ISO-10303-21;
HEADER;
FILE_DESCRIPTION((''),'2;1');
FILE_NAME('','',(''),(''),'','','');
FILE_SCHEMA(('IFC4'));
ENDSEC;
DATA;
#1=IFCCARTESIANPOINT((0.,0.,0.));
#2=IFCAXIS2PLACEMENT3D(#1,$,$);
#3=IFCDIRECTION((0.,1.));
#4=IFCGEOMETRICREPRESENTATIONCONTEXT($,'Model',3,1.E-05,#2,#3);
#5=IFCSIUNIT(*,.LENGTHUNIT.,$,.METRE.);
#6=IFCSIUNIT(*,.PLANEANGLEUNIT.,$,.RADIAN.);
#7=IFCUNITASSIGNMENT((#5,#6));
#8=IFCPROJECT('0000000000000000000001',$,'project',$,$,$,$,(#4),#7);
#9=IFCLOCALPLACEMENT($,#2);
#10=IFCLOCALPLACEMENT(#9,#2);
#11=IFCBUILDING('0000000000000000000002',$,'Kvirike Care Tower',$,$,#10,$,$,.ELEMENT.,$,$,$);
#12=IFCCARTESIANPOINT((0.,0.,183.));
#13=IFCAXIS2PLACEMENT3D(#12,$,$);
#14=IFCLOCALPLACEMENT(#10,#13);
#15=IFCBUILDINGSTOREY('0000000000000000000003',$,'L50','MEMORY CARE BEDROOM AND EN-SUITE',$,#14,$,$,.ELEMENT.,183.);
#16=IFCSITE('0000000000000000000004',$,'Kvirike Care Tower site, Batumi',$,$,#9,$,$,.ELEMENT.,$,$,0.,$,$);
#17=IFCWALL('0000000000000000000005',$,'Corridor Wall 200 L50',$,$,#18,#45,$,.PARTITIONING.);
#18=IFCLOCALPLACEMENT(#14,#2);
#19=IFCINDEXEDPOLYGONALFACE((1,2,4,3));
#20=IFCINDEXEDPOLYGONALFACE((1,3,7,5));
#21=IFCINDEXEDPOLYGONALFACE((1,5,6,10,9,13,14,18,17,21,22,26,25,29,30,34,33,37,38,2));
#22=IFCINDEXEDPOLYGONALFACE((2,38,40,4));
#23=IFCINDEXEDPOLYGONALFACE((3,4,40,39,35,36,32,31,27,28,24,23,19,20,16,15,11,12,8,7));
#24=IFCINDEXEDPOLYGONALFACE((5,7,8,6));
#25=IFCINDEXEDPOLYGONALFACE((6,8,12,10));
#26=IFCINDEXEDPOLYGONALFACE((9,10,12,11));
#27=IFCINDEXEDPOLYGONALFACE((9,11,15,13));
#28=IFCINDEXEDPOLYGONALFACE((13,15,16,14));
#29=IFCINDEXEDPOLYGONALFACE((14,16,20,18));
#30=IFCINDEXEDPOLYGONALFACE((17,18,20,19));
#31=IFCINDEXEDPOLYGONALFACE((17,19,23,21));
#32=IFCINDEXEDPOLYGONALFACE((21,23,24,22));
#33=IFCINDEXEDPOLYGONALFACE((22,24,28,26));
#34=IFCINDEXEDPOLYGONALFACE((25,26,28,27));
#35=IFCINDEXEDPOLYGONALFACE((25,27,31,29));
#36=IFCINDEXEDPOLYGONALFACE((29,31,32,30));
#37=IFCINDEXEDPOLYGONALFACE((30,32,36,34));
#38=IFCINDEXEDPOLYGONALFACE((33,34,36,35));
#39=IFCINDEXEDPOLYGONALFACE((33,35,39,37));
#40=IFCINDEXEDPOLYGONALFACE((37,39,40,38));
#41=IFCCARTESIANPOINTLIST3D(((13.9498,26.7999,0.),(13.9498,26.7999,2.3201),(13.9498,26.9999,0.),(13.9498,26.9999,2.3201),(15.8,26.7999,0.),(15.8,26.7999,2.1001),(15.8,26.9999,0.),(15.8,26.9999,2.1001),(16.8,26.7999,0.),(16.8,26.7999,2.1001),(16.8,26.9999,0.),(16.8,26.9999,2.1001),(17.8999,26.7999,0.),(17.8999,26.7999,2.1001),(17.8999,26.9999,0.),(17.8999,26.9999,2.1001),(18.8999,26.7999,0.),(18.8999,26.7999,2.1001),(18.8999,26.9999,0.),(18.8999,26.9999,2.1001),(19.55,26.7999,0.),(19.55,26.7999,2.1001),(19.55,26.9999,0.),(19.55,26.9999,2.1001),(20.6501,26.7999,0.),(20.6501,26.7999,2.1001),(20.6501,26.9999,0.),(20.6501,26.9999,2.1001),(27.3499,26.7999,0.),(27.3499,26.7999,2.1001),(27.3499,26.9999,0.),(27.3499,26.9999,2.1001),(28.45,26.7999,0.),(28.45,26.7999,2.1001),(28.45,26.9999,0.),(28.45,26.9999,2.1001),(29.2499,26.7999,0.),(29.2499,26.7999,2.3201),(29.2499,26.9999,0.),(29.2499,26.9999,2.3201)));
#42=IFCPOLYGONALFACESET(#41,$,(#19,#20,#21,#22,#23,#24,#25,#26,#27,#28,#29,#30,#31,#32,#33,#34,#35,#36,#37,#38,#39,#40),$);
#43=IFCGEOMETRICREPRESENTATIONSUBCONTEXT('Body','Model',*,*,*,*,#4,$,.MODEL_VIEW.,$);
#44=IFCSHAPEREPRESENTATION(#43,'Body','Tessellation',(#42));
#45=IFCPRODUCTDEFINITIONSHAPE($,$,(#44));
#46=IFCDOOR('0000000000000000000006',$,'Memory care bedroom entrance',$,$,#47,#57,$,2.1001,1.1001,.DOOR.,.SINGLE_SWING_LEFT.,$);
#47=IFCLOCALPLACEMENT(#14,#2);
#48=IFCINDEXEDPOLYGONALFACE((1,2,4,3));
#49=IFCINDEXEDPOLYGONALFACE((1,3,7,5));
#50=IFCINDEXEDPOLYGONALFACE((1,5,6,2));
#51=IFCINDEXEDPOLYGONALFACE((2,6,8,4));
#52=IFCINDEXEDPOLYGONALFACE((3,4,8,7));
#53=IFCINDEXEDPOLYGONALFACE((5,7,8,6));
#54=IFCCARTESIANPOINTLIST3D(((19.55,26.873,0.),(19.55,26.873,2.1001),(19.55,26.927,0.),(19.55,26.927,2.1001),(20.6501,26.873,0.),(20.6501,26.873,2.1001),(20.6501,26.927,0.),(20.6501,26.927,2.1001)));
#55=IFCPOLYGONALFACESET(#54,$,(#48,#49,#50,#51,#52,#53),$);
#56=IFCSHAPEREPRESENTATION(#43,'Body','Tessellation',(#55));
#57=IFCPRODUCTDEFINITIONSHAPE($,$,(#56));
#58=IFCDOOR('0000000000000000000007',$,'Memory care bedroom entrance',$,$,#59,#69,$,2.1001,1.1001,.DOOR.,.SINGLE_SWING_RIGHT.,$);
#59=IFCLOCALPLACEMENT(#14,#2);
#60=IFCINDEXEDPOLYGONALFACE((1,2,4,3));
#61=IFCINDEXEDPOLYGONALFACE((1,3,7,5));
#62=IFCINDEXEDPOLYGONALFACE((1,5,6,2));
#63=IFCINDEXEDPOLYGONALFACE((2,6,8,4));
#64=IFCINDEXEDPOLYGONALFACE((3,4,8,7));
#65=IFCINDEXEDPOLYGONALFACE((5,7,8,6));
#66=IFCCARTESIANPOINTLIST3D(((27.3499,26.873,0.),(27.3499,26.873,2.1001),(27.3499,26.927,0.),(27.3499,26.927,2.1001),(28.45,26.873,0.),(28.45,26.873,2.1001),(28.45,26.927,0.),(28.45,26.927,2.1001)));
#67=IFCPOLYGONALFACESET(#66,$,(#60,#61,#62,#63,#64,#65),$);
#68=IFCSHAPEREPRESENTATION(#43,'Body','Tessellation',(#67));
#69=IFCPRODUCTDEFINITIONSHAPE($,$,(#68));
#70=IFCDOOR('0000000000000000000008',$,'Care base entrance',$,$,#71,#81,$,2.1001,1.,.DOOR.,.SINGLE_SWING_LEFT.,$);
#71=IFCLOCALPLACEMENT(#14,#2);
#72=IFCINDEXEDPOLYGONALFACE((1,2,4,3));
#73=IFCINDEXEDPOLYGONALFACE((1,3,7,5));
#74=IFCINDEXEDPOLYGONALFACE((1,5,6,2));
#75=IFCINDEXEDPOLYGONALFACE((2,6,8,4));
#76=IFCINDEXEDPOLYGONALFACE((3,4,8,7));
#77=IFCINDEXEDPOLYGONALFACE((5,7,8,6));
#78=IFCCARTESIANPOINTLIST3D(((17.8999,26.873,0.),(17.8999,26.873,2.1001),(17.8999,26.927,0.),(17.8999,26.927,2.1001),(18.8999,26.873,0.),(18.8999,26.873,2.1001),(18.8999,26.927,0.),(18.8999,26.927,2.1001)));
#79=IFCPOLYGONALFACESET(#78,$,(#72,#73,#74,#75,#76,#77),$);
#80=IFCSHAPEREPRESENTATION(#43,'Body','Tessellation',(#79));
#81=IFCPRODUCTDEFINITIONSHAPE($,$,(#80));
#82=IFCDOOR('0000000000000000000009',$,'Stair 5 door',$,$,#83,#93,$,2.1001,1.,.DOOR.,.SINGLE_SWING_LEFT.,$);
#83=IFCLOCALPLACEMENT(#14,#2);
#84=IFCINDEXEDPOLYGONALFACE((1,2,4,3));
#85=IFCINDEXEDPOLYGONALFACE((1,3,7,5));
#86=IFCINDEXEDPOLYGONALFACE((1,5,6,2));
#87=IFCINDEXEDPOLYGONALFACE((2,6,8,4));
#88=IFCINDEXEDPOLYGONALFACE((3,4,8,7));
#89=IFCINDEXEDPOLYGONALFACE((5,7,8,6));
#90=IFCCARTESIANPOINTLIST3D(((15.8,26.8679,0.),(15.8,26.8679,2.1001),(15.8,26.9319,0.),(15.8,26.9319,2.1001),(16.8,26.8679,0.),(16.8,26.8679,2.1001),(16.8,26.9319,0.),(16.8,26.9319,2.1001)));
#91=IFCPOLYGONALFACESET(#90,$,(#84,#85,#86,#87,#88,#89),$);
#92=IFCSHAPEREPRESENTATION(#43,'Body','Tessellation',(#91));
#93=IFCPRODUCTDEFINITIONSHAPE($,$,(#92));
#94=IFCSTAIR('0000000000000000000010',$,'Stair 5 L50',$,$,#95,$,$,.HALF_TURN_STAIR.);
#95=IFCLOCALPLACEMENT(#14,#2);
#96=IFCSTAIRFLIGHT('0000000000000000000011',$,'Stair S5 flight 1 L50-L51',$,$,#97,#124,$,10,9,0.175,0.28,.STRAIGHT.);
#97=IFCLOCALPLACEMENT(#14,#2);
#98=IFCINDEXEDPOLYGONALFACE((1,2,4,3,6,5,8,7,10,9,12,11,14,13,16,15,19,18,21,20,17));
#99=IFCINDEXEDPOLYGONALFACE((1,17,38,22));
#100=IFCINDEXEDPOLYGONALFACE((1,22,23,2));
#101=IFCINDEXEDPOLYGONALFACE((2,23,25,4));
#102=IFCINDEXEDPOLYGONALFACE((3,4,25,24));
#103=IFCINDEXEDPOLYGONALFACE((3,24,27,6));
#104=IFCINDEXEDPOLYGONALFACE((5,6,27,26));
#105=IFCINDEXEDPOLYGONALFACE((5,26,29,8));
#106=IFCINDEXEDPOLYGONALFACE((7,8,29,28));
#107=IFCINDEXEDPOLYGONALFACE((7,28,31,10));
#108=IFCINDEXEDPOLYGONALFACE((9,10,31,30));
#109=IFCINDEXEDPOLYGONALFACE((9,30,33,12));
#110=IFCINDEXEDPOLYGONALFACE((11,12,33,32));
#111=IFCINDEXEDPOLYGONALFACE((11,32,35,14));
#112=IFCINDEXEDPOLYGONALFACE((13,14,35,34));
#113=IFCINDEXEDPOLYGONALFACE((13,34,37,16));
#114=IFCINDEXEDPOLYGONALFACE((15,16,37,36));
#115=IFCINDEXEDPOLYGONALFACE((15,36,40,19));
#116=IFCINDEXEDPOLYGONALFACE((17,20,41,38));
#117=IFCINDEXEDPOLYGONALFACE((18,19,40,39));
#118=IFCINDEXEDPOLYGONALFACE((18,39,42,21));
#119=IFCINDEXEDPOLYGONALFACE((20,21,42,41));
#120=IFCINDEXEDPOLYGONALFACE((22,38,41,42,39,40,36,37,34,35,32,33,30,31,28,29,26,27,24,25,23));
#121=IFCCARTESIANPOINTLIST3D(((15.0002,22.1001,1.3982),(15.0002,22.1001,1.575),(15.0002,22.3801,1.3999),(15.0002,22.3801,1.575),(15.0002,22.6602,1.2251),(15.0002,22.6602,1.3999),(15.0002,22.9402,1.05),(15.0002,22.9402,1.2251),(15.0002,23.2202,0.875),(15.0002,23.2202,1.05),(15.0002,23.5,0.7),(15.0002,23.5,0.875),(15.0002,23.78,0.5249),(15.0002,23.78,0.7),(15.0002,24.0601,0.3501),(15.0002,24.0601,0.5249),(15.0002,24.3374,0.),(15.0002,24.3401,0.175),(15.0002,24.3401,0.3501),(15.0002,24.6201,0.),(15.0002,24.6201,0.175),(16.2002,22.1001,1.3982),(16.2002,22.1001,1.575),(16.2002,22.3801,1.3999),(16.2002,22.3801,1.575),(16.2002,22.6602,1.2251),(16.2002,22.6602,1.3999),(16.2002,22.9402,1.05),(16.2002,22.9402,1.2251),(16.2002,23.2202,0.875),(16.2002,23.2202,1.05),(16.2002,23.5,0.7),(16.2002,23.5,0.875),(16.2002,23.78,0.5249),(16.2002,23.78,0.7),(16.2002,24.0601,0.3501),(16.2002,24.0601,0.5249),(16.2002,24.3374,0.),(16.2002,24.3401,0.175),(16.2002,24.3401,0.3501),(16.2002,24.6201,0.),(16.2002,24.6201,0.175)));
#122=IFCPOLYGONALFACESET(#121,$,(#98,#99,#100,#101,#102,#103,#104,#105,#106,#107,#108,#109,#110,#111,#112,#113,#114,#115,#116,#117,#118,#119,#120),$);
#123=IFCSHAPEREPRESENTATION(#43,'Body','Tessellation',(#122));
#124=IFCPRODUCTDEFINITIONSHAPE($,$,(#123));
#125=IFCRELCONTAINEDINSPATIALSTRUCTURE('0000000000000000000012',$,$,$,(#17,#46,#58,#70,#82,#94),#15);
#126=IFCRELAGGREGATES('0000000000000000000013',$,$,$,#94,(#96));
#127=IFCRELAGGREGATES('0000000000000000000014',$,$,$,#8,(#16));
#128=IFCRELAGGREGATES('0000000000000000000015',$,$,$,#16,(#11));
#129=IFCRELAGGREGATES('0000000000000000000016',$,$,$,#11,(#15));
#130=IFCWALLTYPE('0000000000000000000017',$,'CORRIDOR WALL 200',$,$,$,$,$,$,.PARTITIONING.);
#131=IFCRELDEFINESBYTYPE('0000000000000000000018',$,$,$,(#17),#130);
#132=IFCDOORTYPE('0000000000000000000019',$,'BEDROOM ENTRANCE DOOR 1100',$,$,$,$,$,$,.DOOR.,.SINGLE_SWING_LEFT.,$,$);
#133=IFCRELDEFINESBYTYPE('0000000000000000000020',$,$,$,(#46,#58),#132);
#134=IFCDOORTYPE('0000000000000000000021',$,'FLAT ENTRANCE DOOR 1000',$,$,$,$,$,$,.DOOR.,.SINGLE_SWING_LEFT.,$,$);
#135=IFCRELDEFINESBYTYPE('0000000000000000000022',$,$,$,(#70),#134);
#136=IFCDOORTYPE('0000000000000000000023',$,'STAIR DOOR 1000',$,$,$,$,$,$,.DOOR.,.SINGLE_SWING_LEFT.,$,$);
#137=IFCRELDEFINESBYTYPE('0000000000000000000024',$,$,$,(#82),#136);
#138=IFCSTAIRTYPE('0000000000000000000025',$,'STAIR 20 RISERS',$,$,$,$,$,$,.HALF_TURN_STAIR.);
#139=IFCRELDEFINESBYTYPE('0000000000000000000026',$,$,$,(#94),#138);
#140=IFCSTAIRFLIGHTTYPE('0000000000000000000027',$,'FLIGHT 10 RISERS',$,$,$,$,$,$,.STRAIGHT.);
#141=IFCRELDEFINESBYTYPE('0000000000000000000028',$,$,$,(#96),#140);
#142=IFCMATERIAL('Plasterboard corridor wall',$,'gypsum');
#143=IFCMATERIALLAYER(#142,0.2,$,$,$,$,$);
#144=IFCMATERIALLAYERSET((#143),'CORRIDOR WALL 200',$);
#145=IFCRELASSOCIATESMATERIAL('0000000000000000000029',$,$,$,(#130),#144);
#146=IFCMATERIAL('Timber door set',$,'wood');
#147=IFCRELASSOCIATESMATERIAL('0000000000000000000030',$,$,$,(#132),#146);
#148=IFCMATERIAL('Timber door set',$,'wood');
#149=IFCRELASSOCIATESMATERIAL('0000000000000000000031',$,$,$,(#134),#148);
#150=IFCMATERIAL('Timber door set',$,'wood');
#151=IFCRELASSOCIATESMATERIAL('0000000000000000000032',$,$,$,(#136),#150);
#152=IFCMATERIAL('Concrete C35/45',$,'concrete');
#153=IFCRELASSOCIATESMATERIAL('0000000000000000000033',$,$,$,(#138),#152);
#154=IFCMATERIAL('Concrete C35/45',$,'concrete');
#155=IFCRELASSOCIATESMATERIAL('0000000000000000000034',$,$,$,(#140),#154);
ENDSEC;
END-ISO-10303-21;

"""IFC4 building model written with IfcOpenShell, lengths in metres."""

from ifc_helpers import new_model, si_unit, direction, frame, frame_2d, origin, place, context, subcontext, project, spatial, polyline, rectangle, outline, extrude, material, layer, layer_set, type_object, element, fill, aggregate, save


model = new_model("IFC4")

# Units and contexts
model_context = context("Model", 3, precision=1e-05, world=origin(), true_north=direction((0.0, 1.0)))
body_context = subcontext(model_context, "Body", "Model", "MODEL_VIEW")
ifc_project = project(units=[si_unit("LENGTHUNIT", "METRE"), si_unit("PLANEANGLEUNIT", "RADIAN")], contexts=[model_context])

# Site, building, storey
site_placement = place(None, origin())
site = spatial("IfcSite", under=ifc_project, at=site_placement, Name="Kvirike Care Tower site, Batumi", CompositionType="ELEMENT", RefElevation=0.0)
building_placement = place(site_placement, origin())
building = spatial("IfcBuilding", under=site, at=building_placement, Name="Kvirike Care Tower", CompositionType="ELEMENT")
storey_placement = place(building_placement, frame((0.0, 0.0, 183.0)))
storey = spatial("IfcBuildingStorey", under=building, at=storey_placement, Name="L50", Description="MEMORY CARE BEDROOM AND EN-SUITE", CompositionType="ELEMENT", Elevation=183.0)

# Wall, openings, doors
ifc_material_1 = material(Name="Plasterboard corridor wall", Category="gypsum")
ifc_layer_1 = layer(ifc_material_1, 0.2)
ifc_layer_set_1 = layer_set([ifc_layer_1], Name="CORRIDOR WALL 200")
wall_type = type_object("IfcWallType", Name="CORRIDOR WALL 200", PredefinedType="PARTITIONING", material=ifc_layer_set_1)
wall_placement = place(storey_placement, frame((13.95, 26.8999, 0.0), z_axis=(0.0, 0.0, 1.0), x_axis=(1.0, 0.0, 0.0)))
wall = element("IfcWall", 1, at=wall_placement, inside=storey, type_object=wall_type, Name="Corridor Wall 200 L50", PredefinedType="PARTITIONING", context=body_context, shape_type="SweptSolid", body=[
    extrude(rectangle(XDim=15.3, YDim=0.2, at=frame_2d((7.6499, 0.0))), origin(), (0.0, 0.0, 1.0), 2.3201),
])
opening_1_placement = place(wall_placement, frame((1.8501, 0.0, 0.0)))
opening_1 = element("IfcOpeningElement", 2, at=opening_1_placement, cuts=wall, PredefinedType="OPENING", context=body_context, shape_type="SweptSolid", body=[
    extrude(rectangle(XDim=1.0, YDim=2.1001, at=frame_2d((0.5, 1.05))), frame((0.0, 0.1106, 0.0), z_axis=(0.0, -1.0, 0.0), x_axis=(1.0, 0.0, 0.0)), (0.0, 0.0, 1.0), 0.2209),
])
opening_2_placement = place(wall_placement, frame((3.95, 0.0, 0.0)))
opening_2 = element("IfcOpeningElement", 3, at=opening_2_placement, cuts=wall, PredefinedType="OPENING", context=body_context, shape_type="SweptSolid", body=[
    extrude(rectangle(XDim=1.0, YDim=2.1001, at=frame_2d((0.5, 1.05))), frame((0.0, 0.1106, 0.0), z_axis=(0.0, -1.0, 0.0), x_axis=(1.0, 0.0, 0.0)), (0.0, 0.0, 1.0), 0.2209),
])
opening_3_placement = place(wall_placement, frame((5.6001, 0.0, 0.0)))
opening_3 = element("IfcOpeningElement", 4, at=opening_3_placement, cuts=wall, PredefinedType="OPENING", context=body_context, shape_type="SweptSolid", body=[
    extrude(rectangle(XDim=1.1001, YDim=2.1001, at=frame_2d((0.55, 1.05))), frame((0.0, 0.1106, 0.0), z_axis=(0.0, -1.0, 0.0), x_axis=(1.0, 0.0, 0.0)), (0.0, 0.0, 1.0), 0.2209),
])
opening_4_placement = place(wall_placement, frame((13.3999, 0.0, 0.0)))
opening_4 = element("IfcOpeningElement", 5, at=opening_4_placement, cuts=wall, PredefinedType="OPENING", context=body_context, shape_type="SweptSolid", body=[
    extrude(rectangle(XDim=1.1001, YDim=2.1001, at=frame_2d((0.55, 1.05))), frame((0.0, 0.1106, 0.0), z_axis=(0.0, -1.0, 0.0), x_axis=(1.0, 0.0, 0.0)), (0.0, 0.0, 1.0), 0.2209),
])
ifc_material_2 = material(Name="Timber door set", Category="wood")
door_type_1 = type_object("IfcDoorType", Name="BEDROOM ENTRANCE DOOR 1100", OperationType="SINGLE_SWING_LEFT", PredefinedType="DOOR", material=ifc_material_2)
door_1_placement = place(opening_3_placement, frame((1.1001, 0.0, 0.0), z_axis=(0.0, 0.0, 1.0), x_axis=(-1.0, 0.0, 0.0)))
door_1 = element("IfcDoor", 6, at=door_1_placement, inside=storey, type_object=door_type_1, Name="Memory care bedroom entrance", OperationType="SINGLE_SWING_LEFT", OverallHeight=2.1001, OverallWidth=1.1001, PredefinedType="DOOR", context=body_context, shape_type="SweptSolid", body=[
    extrude(rectangle(XDim=1.1001, YDim=2.1001, at=frame_2d((0.55, 1.05))), frame((0.0, 0.0269, 0.0), z_axis=(0.0, -1.0, 0.0), x_axis=(1.0, 0.0, 0.0)), (0.0, 0.0, 1.0), 0.054),
])
fill(opening_3, door_1)
door_2_placement = place(opening_4_placement, frame((1.1001, 0.0, 0.0), z_axis=(0.0, 0.0, 1.0), x_axis=(-1.0, 0.0, 0.0)))
door_2 = element("IfcDoor", 7, at=door_2_placement, inside=storey, type_object=door_type_1, Name="Memory care bedroom entrance", OperationType="SINGLE_SWING_RIGHT", OverallHeight=2.1001, OverallWidth=1.1001, PredefinedType="DOOR", context=body_context, shape_type="SweptSolid", body=[
    extrude(rectangle(XDim=1.1001, YDim=2.1001, at=frame_2d((0.55, 1.05))), frame((0.0, 0.0269, 0.0), z_axis=(0.0, -1.0, 0.0), x_axis=(1.0, 0.0, 0.0)), (0.0, 0.0, 1.0), 0.054),
])
fill(opening_4, door_2)
ifc_material_3 = material(Name="Timber door set", Category="wood")
door_type_2 = type_object("IfcDoorType", Name="FLAT ENTRANCE DOOR 1000", OperationType="SINGLE_SWING_LEFT", PredefinedType="DOOR", material=ifc_material_3)
door_3_placement = place(opening_2_placement, frame((1.0, 0.0, 0.0), z_axis=(0.0, 0.0, 1.0), x_axis=(-1.0, 0.0, 0.0)))
door_3 = element("IfcDoor", 8, at=door_3_placement, inside=storey, type_object=door_type_2, Name="Care base entrance", OperationType="SINGLE_SWING_LEFT", OverallHeight=2.1001, OverallWidth=1.0, PredefinedType="DOOR", context=body_context, shape_type="SweptSolid", body=[
    extrude(rectangle(XDim=1.0, YDim=2.1001, at=frame_2d((0.5, 1.05))), frame((0.0, 0.0269, 0.0), z_axis=(0.0, -1.0, 0.0), x_axis=(1.0, 0.0, 0.0)), (0.0, 0.0, 1.0), 0.054),
])
fill(opening_2, door_3)
ifc_material_4 = material(Name="Timber door set", Category="wood")
door_type_3 = type_object("IfcDoorType", Name="STAIR DOOR 1000", OperationType="SINGLE_SWING_LEFT", PredefinedType="DOOR", material=ifc_material_4)
door_4_placement = place(opening_1_placement, frame((1.0, 0.0, 0.0), z_axis=(0.0, 0.0, 1.0), x_axis=(-1.0, 0.0, 0.0)))
door_4 = element("IfcDoor", 9, at=door_4_placement, inside=storey, type_object=door_type_3, Name="Stair 5 door", OperationType="SINGLE_SWING_LEFT", OverallHeight=2.1001, OverallWidth=1.0, PredefinedType="DOOR", context=body_context, shape_type="SweptSolid", body=[
    extrude(rectangle(XDim=1.0, YDim=2.1001, at=frame_2d((0.5, 1.05))), frame((0.0, 0.032, 0.0), z_axis=(0.0, -1.0, 0.0), x_axis=(1.0, 0.0, 0.0)), (0.0, 0.0, 1.0), 0.064),
])
fill(opening_1, door_4)

# Stair, stair flight
ifc_material_5 = material(Name="Concrete C35/45", Category="concrete")
stair_type = type_object("IfcStairType", Name="STAIR 20 RISERS", PredefinedType="HALF_TURN_STAIR", material=ifc_material_5)
stair_placement = place(storey_placement, origin())
stair = element("IfcStair", 10, at=stair_placement, inside=storey, type_object=stair_type, Name="Stair 5 L50", PredefinedType="HALF_TURN_STAIR")
ifc_material_6 = material(Name="Concrete C35/45", Category="concrete")
stair_flight_type = type_object("IfcStairFlightType", Name="FLIGHT 10 RISERS", PredefinedType="STRAIGHT", material=ifc_material_6)
stair_flight_placement = place(storey_placement, frame((15.6001, 24.6201, 0.0), z_axis=(0.0, 0.0, 1.0), x_axis=(0.0, -1.0, 0.0)))
stair_flight = element("IfcStairFlight", 11, at=stair_flight_placement, type_object=stair_flight_type, Name="Stair S5 flight 1 L50-L51", NumberOfRisers=10, NumberOfTreads=9, PredefinedType="STRAIGHT", RiserHeight=0.175, TreadLength=0.28, context=body_context, shape_type="SweptSolid", body=[
    extrude(outline(polyline([(0.0, 0.0), (0.0, 0.175), (0.28, 0.175), (0.28, 0.3501), (0.5601, 0.3501), (0.5601, 0.5249), (0.8401, 0.5249), (0.8401, 0.7), (1.1201, 0.7), (1.1201, 0.875), (1.3999, 0.875), (1.3999, 1.05), (1.6799, 1.05), (1.6799, 1.2251), (1.96, 1.2251), (1.96, 1.3999), (2.24, 1.3999), (2.24, 1.575), (2.52, 1.575), (2.52, 1.75), (2.52, 1.3982), (0.2827, 0.0), (0.0, 0.0)])), frame((0.0, 0.6001, 0.0), z_axis=(0.0, -1.0, 0.0), x_axis=(1.0, 0.0, 0.0)), (0.0, 0.0, 1.0), 1.2),
])
aggregate(stair, [stair_flight])

save(model, "model.ifc")
